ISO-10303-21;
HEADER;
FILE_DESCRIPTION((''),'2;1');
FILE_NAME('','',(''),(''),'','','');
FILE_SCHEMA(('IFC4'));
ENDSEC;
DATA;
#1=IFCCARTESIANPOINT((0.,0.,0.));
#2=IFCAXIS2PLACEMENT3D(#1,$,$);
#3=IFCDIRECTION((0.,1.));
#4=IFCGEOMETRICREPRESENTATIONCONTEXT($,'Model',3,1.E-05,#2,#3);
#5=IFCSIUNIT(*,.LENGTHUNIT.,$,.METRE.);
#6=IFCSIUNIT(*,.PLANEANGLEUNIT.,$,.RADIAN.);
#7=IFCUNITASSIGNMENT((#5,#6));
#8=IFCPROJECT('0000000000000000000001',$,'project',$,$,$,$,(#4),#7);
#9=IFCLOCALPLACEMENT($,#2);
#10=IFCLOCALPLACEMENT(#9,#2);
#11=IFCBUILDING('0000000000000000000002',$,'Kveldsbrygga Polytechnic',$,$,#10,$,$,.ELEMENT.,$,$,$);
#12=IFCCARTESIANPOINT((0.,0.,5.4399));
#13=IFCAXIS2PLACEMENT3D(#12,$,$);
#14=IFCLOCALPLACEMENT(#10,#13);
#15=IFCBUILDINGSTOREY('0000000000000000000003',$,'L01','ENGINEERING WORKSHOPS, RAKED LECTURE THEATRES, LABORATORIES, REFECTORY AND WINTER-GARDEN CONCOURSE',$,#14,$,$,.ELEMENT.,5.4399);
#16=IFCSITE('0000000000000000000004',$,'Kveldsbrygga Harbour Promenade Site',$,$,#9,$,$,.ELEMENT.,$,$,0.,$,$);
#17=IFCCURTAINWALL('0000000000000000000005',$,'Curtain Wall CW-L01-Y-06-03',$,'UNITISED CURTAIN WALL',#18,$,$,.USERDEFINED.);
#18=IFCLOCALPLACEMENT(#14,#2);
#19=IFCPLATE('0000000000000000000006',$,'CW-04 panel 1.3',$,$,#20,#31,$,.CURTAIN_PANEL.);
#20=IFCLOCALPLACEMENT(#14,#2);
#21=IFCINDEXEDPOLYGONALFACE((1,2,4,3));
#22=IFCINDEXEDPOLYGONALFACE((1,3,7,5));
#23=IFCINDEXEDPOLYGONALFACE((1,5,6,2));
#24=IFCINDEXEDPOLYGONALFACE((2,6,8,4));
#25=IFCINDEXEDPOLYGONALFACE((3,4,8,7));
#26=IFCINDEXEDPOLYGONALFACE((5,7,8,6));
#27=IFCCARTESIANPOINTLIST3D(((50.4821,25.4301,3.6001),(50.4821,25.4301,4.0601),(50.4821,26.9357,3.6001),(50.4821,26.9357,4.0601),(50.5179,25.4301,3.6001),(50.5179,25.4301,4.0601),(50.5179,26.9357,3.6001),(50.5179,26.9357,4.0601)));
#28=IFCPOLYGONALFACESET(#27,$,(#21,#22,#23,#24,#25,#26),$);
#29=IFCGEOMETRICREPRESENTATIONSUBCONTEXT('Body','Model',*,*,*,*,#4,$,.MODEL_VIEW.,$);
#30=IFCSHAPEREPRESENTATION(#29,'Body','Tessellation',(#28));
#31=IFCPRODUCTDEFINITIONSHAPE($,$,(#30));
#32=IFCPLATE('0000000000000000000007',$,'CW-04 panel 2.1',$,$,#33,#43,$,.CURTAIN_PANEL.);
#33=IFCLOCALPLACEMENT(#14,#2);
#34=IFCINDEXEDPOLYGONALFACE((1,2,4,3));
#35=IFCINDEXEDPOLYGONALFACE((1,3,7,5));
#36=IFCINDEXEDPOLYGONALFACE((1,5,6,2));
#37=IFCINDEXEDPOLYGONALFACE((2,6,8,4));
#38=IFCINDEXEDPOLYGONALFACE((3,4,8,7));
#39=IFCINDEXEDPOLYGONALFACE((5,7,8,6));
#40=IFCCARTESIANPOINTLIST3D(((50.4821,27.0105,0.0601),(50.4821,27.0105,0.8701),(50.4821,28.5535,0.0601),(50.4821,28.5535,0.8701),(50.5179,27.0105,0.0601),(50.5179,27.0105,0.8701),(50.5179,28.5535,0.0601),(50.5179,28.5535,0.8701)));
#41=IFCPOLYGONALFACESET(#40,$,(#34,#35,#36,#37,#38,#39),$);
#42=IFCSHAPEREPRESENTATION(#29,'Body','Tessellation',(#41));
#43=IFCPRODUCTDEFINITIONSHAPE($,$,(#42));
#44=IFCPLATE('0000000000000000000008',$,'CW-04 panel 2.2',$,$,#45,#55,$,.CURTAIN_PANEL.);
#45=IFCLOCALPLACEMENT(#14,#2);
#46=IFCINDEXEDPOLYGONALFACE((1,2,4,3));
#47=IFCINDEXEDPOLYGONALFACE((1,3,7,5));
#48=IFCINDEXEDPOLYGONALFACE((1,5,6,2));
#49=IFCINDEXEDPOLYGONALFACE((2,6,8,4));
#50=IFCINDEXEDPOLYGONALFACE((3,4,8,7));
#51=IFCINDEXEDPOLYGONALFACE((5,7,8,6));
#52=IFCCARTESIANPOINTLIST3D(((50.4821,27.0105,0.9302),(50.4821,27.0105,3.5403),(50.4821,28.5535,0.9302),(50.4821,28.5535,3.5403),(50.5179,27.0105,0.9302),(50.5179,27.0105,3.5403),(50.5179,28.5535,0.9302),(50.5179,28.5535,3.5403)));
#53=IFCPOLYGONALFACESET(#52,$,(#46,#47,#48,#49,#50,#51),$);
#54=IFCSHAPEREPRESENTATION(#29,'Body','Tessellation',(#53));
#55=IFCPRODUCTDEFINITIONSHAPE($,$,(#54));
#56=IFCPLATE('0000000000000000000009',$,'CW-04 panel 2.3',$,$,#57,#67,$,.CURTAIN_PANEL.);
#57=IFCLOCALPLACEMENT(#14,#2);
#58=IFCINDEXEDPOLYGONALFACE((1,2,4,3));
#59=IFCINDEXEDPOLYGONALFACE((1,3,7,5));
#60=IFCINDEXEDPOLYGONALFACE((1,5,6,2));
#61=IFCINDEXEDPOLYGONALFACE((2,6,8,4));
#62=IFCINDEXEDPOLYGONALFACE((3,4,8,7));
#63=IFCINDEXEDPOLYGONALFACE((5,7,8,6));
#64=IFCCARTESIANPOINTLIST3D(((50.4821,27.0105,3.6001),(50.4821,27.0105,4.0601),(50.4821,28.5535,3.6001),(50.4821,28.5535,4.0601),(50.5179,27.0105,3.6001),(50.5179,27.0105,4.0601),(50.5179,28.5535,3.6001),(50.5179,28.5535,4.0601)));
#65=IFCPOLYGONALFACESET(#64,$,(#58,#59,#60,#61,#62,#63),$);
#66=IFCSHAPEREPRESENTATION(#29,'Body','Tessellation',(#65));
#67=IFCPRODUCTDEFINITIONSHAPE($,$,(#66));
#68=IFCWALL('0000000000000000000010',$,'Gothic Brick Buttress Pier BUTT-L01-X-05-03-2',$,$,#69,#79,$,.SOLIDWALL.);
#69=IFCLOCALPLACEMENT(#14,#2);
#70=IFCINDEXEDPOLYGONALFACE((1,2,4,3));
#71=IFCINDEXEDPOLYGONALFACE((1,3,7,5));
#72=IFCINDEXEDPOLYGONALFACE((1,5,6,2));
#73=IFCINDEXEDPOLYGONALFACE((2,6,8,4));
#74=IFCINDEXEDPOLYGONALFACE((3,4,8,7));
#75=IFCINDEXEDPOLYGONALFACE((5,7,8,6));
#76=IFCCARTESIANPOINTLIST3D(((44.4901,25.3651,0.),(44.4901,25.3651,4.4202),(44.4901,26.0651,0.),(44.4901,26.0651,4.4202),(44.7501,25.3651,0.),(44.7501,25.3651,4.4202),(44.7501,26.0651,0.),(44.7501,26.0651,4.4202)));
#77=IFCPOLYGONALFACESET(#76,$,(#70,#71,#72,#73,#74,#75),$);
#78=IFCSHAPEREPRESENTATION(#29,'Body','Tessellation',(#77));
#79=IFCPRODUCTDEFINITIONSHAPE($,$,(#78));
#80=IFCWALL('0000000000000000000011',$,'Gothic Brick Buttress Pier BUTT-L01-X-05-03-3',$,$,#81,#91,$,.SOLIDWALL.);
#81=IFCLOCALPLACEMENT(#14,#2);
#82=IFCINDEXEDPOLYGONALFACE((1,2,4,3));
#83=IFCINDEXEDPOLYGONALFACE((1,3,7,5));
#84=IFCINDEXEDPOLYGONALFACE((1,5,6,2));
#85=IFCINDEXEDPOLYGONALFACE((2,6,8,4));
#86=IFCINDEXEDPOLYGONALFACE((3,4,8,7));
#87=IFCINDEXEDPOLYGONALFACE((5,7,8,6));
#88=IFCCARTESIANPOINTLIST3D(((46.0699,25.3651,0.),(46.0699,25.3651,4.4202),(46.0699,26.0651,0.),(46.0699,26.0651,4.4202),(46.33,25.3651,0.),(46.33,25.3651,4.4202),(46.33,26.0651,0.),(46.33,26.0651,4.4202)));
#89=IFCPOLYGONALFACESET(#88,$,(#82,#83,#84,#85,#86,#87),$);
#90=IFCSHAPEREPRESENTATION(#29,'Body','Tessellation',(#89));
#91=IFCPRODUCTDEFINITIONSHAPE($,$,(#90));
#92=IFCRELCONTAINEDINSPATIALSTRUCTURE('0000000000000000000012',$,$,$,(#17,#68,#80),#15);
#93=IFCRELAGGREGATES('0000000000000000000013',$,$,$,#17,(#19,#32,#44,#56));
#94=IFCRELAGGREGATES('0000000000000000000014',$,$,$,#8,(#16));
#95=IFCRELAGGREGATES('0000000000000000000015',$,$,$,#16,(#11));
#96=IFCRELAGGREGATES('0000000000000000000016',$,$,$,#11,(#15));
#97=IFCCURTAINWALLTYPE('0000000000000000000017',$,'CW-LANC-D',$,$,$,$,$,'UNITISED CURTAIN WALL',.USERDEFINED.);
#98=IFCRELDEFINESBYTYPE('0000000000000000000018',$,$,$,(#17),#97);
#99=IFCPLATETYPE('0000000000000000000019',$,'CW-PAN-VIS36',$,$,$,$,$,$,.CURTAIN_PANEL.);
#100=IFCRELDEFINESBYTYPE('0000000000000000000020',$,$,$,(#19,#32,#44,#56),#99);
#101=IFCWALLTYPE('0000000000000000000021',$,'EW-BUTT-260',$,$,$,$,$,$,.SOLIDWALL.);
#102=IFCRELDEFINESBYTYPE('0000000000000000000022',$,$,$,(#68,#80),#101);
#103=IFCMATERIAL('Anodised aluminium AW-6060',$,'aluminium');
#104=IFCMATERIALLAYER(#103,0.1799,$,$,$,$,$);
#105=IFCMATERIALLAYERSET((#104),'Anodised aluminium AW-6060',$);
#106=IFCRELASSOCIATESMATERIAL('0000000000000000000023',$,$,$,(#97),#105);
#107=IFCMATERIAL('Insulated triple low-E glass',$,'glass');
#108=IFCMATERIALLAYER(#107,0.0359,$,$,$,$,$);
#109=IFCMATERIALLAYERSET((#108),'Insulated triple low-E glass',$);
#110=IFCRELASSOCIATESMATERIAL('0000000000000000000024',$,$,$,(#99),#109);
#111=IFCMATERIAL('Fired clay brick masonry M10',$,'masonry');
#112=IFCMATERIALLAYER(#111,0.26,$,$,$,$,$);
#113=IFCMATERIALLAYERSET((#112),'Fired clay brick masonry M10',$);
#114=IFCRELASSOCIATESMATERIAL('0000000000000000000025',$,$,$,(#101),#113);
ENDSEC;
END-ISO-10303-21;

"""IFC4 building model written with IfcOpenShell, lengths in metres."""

from ifc_helpers import new_model, si_unit, direction, frame, frame_2d, origin, origin_2d, place, context, subcontext, project, spatial, rectangle, extrude, material, layer, layer_set, type_object, element, aggregate, save


model = new_model("IFC4")

# Units and contexts
model_context = context("Model", 3, precision=1e-05, world=origin(), true_north=direction((0.0, 1.0)))
body_context = subcontext(model_context, "Body", "Model", "MODEL_VIEW")
ifc_project = project(units=[si_unit("LENGTHUNIT", "METRE"), si_unit("PLANEANGLEUNIT", "RADIAN")], contexts=[model_context])

# Site, building, storey
site_placement = place(None, origin())
site = spatial("IfcSite", under=ifc_project, at=site_placement, Name="Kveldsbrygga Harbour Promenade Site", CompositionType="ELEMENT", RefElevation=0.0)
building_placement = place(site_placement, origin())
building = spatial("IfcBuilding", under=site, at=building_placement, Name="Kveldsbrygga Polytechnic", CompositionType="ELEMENT")
storey_placement = place(building_placement, frame((0.0, 0.0, 5.4399)))
storey = spatial("IfcBuildingStorey", under=building, at=storey_placement, Name="L01", Description="ENGINEERING WORKSHOPS, RAKED LECTURE THEATRES, LABORATORIES, REFECTORY AND WINTER-GARDEN CONCOURSE", CompositionType="ELEMENT", Elevation=5.4399)

# Curtain wall
ifc_material_1 = material(Name="Anodised aluminium AW-6060", Category="aluminium")
ifc_layer_1 = layer(ifc_material_1, 0.1799)
ifc_layer_set_1 = layer_set([ifc_layer_1], Name="Anodised aluminium AW-6060")
curtain_wall_type = type_object("IfcCurtainWallType", Name="CW-LANC-D", ElementType="UNITISED CURTAIN WALL", PredefinedType="USERDEFINED", material=ifc_layer_set_1)
curtain_wall_placement = place(storey_placement, origin())
curtain_wall = element("IfcCurtainWall", 1, at=curtain_wall_placement, inside=storey, type_object=curtain_wall_type, Name="Curtain Wall CW-L01-Y-06-03", ObjectType="UNITISED CURTAIN WALL", PredefinedType="USERDEFINED")

# Plates
ifc_material_2 = material(Name="Insulated triple low-E glass", Category="glass")
ifc_layer_2 = layer(ifc_material_2, 0.0359)
ifc_layer_set_2 = layer_set([ifc_layer_2], Name="Insulated triple low-E glass")
plate_type_1 = type_object("IfcPlateType", Name="CW-PAN-VIS36", PredefinedType="CURTAIN_PANEL", material=ifc_layer_set_2)
plate_1_placement = place(storey_placement, frame((50.5, 26.1829, 3.6001), z_axis=(0.0, 0.0, 1.0), x_axis=(0.0, 1.0, 0.0)))
plate_1 = element("IfcPlate", 2, at=plate_1_placement, type_object=plate_type_1, Name="CW-04 panel 1.3", PredefinedType="CURTAIN_PANEL", context=body_context, shape_type="SweptSolid", body=[
    extrude(rectangle(XDim=1.5056, YDim=0.0359, at=origin_2d()), origin(), (0.0, 0.0, 1.0), 0.46),
])
plate_2_placement = place(storey_placement, frame((50.5, 27.782, 0.0601), z_axis=(0.0, 0.0, 1.0), x_axis=(0.0, 1.0, 0.0)))
plate_2 = element("IfcPlate", 3, at=plate_2_placement, type_object=plate_type_1, Name="CW-04 panel 2.1", PredefinedType="CURTAIN_PANEL", context=body_context, shape_type="SweptSolid", body=[
    extrude(rectangle(XDim=1.543, YDim=0.0359, at=origin_2d()), origin(), (0.0, 0.0, 1.0), 0.8101),
])
plate_3_placement = place(storey_placement, frame((50.5, 27.782, 0.9302), z_axis=(0.0, 0.0, 1.0), x_axis=(0.0, 1.0, 0.0)))
plate_3 = element("IfcPlate", 4, at=plate_3_placement, type_object=plate_type_1, Name="CW-04 panel 2.2", PredefinedType="CURTAIN_PANEL", context=body_context, shape_type="SweptSolid", body=[
    extrude(rectangle(XDim=1.543, YDim=0.0359, at=origin_2d()), origin(), (0.0, 0.0, 1.0), 2.6101),
])
plate_4_placement = place(storey_placement, frame((50.5, 27.782, 3.6001), z_axis=(0.0, 0.0, 1.0), x_axis=(0.0, 1.0, 0.0)))
plate_4 = element("IfcPlate", 5, at=plate_4_placement, type_object=plate_type_1, Name="CW-04 panel 2.3", PredefinedType="CURTAIN_PANEL", context=body_context, shape_type="SweptSolid", body=[
    extrude(rectangle(XDim=1.543, YDim=0.0359, at=origin_2d()), origin(), (0.0, 0.0, 1.0), 0.46),
])
aggregate(curtain_wall, [plate_1, plate_2, plate_3, plate_4])

# Walls
ifc_material_3 = material(Name="Fired clay brick masonry M10", Category="masonry")
ifc_layer_3 = layer(ifc_material_3, 0.26)
ifc_layer_set_3 = layer_set([ifc_layer_3], Name="Fired clay brick masonry M10")
wall_type = type_object("IfcWallType", Name="EW-BUTT-260", PredefinedType="SOLIDWALL", material=ifc_layer_set_3)
for number, where, z_axis, x_axis, name in (
    (6, (44.6201, 25.365, 0.0), (0.0, 0.0, 1.0), (0.0, 1.0, 0.0), "Gothic Brick Buttress Pier BUTT-L01-X-05-03-2"),
    (7, (46.2, 25.365, 0.0), (0.0, 0.0, 1.0), (0.0, 1.0, 0.0), "Gothic Brick Buttress Pier BUTT-L01-X-05-03-3"),
):
    element("IfcWall", number, at=place(storey_placement, frame(where, z_axis=z_axis, x_axis=x_axis)), inside=storey, type_object=wall_type, Name=name, PredefinedType="SOLIDWALL", context=body_context, shape_type="SweptSolid", body=[
        extrude(rectangle(XDim=0.7, YDim=0.26, at=frame_2d((0.3501, 0.0))), origin(), (0.0, 0.0, 1.0), 4.4202),
    ])

save(model, "model.ifc")
